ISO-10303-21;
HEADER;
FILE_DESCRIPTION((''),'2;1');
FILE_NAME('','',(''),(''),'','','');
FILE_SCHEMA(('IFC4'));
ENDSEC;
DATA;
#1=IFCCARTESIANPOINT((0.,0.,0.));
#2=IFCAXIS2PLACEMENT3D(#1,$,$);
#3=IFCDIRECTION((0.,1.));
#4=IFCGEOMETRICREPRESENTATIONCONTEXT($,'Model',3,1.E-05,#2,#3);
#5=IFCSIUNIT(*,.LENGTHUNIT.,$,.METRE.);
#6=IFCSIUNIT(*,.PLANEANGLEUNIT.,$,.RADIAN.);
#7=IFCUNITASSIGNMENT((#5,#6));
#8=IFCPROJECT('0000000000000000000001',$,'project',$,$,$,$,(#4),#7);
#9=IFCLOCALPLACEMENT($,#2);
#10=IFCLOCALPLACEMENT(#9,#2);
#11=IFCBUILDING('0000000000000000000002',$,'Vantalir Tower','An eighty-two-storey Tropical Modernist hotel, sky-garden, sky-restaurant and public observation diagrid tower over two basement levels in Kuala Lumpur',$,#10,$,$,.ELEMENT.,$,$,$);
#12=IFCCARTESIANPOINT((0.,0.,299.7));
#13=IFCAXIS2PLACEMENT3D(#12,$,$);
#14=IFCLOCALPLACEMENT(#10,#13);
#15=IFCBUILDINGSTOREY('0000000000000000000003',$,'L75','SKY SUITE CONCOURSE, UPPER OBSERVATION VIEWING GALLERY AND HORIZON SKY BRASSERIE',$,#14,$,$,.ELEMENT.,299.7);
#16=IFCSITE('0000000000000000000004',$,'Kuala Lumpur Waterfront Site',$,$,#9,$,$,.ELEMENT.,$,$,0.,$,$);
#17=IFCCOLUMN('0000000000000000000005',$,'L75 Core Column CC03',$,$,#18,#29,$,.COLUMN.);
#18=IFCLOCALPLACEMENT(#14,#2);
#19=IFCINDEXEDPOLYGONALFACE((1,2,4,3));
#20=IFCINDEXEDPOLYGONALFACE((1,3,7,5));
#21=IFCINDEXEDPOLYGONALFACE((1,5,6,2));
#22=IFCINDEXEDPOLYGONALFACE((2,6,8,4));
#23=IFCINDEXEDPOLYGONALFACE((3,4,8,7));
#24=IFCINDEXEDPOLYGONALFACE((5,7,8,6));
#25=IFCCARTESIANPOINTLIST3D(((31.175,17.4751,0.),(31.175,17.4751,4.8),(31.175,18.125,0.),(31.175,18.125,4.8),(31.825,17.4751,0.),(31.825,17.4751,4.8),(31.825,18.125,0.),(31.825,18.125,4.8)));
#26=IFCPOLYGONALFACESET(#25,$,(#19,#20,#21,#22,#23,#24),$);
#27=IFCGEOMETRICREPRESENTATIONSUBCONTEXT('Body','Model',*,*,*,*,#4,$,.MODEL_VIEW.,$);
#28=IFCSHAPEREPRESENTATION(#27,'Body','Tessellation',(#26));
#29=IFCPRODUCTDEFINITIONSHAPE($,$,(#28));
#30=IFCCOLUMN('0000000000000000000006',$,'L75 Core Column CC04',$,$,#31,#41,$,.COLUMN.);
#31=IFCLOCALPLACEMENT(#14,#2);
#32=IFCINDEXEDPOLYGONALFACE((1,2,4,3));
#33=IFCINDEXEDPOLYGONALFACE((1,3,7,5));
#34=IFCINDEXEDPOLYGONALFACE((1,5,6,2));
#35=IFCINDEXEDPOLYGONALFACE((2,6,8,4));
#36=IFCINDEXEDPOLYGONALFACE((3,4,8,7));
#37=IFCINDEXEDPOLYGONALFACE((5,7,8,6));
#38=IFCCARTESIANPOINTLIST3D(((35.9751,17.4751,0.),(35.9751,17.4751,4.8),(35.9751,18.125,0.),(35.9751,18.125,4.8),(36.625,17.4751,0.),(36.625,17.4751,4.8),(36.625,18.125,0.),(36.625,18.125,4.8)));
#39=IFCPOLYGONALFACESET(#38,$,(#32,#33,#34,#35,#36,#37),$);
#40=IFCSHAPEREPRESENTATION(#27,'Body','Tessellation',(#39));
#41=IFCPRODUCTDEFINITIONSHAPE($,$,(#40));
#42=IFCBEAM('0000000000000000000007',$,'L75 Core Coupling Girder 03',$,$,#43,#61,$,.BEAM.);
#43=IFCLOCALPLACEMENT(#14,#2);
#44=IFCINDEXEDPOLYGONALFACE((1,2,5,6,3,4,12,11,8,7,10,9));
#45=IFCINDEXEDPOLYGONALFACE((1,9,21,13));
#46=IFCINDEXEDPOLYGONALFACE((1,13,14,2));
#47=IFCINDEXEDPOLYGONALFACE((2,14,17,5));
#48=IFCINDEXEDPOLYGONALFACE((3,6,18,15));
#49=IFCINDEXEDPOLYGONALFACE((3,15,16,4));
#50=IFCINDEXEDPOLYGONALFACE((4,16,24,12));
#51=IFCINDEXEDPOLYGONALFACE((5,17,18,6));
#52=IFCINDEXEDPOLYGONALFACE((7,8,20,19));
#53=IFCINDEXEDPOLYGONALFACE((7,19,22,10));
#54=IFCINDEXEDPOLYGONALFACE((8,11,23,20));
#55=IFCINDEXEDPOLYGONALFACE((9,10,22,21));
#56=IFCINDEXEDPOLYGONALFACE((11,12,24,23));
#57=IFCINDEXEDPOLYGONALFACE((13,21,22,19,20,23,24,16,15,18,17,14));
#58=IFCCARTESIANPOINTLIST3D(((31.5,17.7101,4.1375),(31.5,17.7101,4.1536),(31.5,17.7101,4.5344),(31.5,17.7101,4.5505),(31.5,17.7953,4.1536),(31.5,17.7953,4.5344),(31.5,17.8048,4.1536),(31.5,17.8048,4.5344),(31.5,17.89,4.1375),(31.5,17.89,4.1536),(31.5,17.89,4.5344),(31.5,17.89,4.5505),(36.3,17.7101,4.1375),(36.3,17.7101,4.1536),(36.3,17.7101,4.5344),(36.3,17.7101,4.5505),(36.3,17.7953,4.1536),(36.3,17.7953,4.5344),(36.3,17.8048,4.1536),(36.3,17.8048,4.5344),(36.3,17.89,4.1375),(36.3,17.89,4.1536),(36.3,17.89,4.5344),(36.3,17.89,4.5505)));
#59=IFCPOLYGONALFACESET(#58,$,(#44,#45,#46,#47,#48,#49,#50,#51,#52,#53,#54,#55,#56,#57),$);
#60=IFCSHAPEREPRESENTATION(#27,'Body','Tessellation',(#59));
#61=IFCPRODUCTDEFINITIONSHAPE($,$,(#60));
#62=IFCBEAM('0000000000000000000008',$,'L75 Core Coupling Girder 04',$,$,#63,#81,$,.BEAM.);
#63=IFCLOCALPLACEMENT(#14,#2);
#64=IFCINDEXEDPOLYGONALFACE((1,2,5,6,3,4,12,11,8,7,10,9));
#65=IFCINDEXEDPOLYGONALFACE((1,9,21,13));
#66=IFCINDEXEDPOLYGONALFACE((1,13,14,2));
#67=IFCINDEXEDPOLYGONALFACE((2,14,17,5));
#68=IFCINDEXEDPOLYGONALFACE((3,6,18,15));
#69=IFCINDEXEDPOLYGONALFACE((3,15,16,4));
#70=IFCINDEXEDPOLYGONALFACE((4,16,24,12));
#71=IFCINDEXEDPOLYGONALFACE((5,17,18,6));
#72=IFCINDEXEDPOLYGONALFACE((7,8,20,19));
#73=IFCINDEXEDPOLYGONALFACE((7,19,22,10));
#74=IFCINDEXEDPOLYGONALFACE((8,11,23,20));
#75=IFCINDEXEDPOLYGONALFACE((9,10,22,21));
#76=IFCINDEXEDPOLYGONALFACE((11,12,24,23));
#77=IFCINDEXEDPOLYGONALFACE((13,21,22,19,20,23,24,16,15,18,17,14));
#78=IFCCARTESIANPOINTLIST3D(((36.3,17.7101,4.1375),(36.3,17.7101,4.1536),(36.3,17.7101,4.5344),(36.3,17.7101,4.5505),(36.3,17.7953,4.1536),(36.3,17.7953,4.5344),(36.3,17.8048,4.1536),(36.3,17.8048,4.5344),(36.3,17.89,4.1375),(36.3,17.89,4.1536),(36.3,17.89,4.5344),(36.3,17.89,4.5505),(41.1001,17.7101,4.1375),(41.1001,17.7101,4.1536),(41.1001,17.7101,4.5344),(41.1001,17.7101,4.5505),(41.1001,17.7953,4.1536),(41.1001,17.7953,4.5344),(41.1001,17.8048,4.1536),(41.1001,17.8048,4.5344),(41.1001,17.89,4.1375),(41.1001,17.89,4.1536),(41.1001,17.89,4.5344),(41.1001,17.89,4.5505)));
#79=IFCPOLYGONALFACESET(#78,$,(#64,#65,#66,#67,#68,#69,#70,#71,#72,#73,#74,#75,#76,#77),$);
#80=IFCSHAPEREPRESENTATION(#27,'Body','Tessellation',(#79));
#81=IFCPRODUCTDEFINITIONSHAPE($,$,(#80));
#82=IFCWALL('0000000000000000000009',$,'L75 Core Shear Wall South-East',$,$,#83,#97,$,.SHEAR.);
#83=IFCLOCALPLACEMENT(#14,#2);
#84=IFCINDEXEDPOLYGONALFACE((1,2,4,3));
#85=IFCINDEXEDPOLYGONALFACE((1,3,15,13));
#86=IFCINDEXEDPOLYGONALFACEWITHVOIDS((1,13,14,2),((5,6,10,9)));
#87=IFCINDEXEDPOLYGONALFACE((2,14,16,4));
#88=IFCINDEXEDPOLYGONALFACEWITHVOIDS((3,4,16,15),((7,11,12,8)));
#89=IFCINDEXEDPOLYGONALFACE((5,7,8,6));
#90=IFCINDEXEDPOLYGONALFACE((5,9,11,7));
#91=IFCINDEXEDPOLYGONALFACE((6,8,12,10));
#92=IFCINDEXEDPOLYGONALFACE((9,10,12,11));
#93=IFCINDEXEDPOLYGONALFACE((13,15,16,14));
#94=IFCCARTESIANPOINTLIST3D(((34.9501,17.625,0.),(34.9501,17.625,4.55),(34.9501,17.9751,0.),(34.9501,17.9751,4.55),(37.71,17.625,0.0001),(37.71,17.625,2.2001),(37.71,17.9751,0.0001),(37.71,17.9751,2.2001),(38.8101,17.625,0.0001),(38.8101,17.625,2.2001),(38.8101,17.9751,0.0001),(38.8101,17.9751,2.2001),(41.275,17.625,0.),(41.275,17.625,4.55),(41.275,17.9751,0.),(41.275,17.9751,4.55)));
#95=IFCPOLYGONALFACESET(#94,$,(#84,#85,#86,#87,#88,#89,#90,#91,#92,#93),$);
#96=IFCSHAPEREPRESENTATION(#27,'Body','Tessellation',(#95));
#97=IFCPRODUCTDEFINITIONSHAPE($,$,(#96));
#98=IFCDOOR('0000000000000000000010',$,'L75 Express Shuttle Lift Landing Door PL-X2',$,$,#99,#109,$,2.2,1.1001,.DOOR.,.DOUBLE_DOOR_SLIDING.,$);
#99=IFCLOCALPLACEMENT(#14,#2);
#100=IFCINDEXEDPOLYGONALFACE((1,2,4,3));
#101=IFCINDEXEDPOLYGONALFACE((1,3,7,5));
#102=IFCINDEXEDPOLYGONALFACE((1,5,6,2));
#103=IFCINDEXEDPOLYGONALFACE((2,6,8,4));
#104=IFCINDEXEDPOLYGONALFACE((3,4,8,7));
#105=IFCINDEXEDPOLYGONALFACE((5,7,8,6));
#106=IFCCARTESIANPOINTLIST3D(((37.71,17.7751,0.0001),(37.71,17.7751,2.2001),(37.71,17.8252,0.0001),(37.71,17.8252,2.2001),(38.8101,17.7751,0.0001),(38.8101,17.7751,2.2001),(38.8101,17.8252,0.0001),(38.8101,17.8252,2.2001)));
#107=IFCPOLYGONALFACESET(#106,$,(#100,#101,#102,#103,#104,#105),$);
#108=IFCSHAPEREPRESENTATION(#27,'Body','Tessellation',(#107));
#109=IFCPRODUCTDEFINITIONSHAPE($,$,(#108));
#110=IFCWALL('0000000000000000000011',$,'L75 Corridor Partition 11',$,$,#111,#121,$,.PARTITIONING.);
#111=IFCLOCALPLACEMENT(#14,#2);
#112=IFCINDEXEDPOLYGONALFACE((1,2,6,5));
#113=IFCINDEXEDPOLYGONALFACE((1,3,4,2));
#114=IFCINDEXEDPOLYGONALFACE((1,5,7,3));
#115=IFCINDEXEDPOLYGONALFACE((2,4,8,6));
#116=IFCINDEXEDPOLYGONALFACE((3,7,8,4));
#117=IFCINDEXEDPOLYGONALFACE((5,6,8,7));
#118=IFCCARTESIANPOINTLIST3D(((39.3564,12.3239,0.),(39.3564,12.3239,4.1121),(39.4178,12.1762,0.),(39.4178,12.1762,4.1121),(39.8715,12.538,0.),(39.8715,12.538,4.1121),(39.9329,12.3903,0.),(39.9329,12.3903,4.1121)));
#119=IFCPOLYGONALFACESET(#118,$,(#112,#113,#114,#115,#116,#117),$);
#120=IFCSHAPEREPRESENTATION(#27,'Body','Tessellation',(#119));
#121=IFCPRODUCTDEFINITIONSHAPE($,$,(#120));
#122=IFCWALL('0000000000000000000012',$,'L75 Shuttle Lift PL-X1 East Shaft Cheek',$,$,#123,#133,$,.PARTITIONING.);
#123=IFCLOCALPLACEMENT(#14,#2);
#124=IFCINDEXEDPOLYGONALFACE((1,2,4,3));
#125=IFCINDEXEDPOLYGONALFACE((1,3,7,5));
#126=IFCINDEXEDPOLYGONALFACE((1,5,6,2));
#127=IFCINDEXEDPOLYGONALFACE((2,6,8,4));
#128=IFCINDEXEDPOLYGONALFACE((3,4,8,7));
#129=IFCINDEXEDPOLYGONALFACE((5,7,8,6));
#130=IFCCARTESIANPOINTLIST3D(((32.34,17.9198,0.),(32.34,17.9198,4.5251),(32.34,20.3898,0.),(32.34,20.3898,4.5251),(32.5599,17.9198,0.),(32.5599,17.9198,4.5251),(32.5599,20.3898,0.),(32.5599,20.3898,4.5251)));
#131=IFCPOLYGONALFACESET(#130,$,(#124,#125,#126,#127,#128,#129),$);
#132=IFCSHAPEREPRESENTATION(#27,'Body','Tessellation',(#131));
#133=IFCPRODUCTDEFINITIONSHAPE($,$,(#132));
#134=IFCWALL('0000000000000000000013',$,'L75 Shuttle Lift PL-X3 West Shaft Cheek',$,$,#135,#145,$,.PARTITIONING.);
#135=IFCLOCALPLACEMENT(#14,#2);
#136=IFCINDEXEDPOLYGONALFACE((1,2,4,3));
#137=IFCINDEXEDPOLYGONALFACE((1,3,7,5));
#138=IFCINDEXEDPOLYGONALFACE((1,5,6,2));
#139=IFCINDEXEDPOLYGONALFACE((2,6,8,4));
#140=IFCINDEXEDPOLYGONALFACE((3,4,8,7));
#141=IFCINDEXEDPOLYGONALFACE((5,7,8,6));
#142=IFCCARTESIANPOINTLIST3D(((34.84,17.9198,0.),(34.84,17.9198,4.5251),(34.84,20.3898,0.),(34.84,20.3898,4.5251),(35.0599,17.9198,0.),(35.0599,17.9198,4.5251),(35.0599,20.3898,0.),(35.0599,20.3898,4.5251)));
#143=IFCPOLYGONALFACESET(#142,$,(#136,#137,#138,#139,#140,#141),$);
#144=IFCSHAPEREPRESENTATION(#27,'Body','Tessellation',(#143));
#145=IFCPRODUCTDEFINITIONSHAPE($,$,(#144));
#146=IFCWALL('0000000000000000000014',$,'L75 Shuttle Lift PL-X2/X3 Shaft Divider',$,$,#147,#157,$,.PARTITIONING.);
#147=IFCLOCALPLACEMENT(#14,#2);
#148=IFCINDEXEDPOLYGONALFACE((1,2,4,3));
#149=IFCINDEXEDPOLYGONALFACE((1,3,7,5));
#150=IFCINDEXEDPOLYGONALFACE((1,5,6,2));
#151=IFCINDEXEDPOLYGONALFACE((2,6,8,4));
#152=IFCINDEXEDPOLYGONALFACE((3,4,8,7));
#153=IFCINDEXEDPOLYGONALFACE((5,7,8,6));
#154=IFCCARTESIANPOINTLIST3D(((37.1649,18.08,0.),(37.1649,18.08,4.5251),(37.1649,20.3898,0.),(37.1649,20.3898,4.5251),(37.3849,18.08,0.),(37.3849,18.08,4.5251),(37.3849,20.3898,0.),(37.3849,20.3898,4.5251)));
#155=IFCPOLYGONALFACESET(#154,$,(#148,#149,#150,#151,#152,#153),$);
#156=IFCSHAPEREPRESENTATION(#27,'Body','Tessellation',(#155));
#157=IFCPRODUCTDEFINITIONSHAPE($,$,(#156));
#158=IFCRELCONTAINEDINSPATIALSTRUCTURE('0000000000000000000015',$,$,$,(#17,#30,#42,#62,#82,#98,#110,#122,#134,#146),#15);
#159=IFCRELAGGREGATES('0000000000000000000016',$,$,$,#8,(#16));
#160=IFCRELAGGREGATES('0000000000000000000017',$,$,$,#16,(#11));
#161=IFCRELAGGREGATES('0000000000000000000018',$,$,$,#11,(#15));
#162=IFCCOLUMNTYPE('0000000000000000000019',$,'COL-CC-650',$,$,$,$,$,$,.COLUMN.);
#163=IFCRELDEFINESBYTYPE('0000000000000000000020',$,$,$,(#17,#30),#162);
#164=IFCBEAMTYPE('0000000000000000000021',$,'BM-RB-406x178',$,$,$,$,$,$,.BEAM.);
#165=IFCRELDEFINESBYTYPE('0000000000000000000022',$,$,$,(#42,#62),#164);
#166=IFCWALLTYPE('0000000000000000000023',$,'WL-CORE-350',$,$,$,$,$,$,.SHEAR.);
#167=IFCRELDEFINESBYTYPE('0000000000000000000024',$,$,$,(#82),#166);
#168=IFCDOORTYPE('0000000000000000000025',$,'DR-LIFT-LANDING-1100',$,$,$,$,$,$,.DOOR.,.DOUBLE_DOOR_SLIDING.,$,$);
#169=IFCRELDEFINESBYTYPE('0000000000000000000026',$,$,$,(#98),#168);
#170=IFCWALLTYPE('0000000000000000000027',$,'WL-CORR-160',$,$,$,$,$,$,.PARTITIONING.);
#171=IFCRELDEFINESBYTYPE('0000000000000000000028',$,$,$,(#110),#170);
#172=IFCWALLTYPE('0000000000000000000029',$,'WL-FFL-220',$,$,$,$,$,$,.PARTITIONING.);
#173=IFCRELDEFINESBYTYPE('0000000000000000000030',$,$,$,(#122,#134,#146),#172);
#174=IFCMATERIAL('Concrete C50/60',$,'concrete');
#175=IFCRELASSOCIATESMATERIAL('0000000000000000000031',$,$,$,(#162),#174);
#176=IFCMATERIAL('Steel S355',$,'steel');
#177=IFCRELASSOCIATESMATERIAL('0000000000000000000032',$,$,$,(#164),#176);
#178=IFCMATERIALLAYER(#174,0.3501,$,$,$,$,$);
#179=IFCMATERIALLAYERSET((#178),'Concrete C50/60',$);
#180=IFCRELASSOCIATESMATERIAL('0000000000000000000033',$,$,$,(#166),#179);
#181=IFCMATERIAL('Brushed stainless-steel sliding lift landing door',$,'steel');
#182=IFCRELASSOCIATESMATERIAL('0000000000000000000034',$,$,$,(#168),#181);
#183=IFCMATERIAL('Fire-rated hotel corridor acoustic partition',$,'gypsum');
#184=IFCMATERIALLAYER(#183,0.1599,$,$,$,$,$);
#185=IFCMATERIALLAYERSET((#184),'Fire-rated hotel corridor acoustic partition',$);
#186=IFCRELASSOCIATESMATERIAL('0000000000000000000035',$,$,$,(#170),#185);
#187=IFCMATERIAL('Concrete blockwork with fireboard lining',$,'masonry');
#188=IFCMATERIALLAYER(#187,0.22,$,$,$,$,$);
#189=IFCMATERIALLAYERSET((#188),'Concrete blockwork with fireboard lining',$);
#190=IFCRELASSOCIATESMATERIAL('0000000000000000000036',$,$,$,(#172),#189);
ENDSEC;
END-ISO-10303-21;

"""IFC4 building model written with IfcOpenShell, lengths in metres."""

from ifc_helpers import new_model, si_unit, direction, frame, frame_2d, origin, origin_2d, place, context, subcontext, project, spatial, rectangle, i_section, extrude, material, layer, layer_set, material_profile, profile_set, type_object, element, fill, save


model = new_model("IFC4")

# Units and contexts
model_context = context("Model", 3, precision=1e-05, world=origin(), true_north=direction((0.0, 1.0)))
body_context = subcontext(model_context, "Body", "Model", "MODEL_VIEW")
ifc_project = project(units=[si_unit("LENGTHUNIT", "METRE"), si_unit("PLANEANGLEUNIT", "RADIAN")], contexts=[model_context])

# Site, building, storey
site_placement = place(None, origin())
site = spatial("IfcSite", under=ifc_project, at=site_placement, Name="Kuala Lumpur Waterfront Site", CompositionType="ELEMENT", RefElevation=0.0)
building_placement = place(site_placement, origin())
building = spatial("IfcBuilding", under=site, at=building_placement, Name="Vantalir Tower", Description="An eighty-two-storey Tropical Modernist hotel, sky-garden, sky-restaurant and public observation diagrid tower over two basement levels in Kuala Lumpur", CompositionType="ELEMENT")
storey_placement = place(building_placement, frame((0.0, 0.0, 299.7)))
storey = spatial("IfcBuildingStorey", under=building, at=storey_placement, Name="L75", Description="SKY SUITE CONCOURSE, UPPER OBSERVATION VIEWING GALLERY AND HORIZON SKY BRASSERIE", CompositionType="ELEMENT", Elevation=299.7)

# Columns
ifc_material_1 = material(Name="Concrete C50/60", Category="concrete")
ifc_material_profile_1 = material_profile(ifc_material_1, rectangle(XDim=0.6499, YDim=0.6499, at=origin_2d()), Name="Concrete C50/60")
ifc_profile_set_1 = profile_set([ifc_material_profile_1], Name="Concrete C50/60")
column_type = type_object("IfcColumnType", Name="COL-CC-650", PredefinedType="COLUMN", material=ifc_profile_set_1)
for number, where, z_axis, x_axis, name in (
    (1, (31.5, 17.8, 0.0), (0.0, 0.0, 1.0), (1.0, 0.0, 0.0), "L75 Core Column CC03"),
    (2, (36.3, 17.8, 0.0), (0.0, 0.0, 1.0), (1.0, 0.0, 0.0), "L75 Core Column CC04"),
):
    element("IfcColumn", number, at=place(storey_placement, frame(where, z_axis=z_axis, x_axis=x_axis)), inside=storey, type_object=column_type, Name=name, PredefinedType="COLUMN", context=body_context, shape_type="SweptSolid", body=[
        extrude(rectangle(XDim=0.6499, YDim=0.6499, at=origin_2d()), origin(), (0.0, 0.0, 1.0), 4.8),
    ])

# Beams
ifc_material_2 = material(Name="Steel S355", Category="steel")
ifc_material_profile_2 = material_profile(ifc_material_2, i_section(OverallWidth=0.1799, OverallDepth=0.4131, WebThickness=0.0095, FlangeThickness=0.0161, at=origin_2d()), Name="Steel S355")
ifc_profile_set_2 = profile_set([ifc_material_profile_2], Name="Steel S355")
beam_type = type_object("IfcBeamType", Name="BM-RB-406x178", PredefinedType="BEAM", material=ifc_profile_set_2)
for number, where, z_axis, x_axis, name in (
    (3, (31.5, 17.8, 4.344), (1.0, 0.0, 0.0), (0.0, 1.0, 0.0), "L75 Core Coupling Girder 03"),
    (4, (36.3, 17.8, 4.344), (1.0, 0.0, 0.0), (0.0, 1.0, 0.0), "L75 Core Coupling Girder 04"),
):
    element("IfcBeam", number, at=place(storey_placement, frame(where, z_axis=z_axis, x_axis=x_axis)), inside=storey, type_object=beam_type, Name=name, PredefinedType="BEAM", context=body_context, shape_type="SweptSolid", body=[
        extrude(i_section(OverallWidth=0.1799, OverallDepth=0.4131, WebThickness=0.0095, FlangeThickness=0.0161, at=origin_2d()), origin(), (0.0, 0.0, 1.0), 4.8),
    ])

# Wall, opening, door
ifc_layer_1 = layer(ifc_material_1, 0.3501)
ifc_layer_set_1 = layer_set([ifc_layer_1], Name="Concrete C50/60")
wall_type_1 = type_object("IfcWallType", Name="WL-CORE-350", PredefinedType="SHEAR", material=ifc_layer_set_1)
wall_1_placement = place(storey_placement, frame((34.95, 17.8, 0.0), z_axis=(0.0, 0.0, 1.0), x_axis=(1.0, 0.0, 0.0)))
wall_1 = element("IfcWall", 5, at=wall_1_placement, inside=storey, type_object=wall_type_1, Name="L75 Core Shear Wall South-East", PredefinedType="SHEAR", context=body_context, shape_type="SweptSolid", body=[
    extrude(rectangle(XDim=6.325, YDim=0.3501, at=frame_2d((3.1626, 0.0))), origin(), (0.0, 0.0, 1.0), 4.55),
])
opening_1_placement = place(wall_1_placement, frame((2.76, 0.0, 0.0)))
opening_1 = element("IfcOpeningElement", 6, at=opening_1_placement, cuts=wall_1, PredefinedType="OPENING", context=body_context, shape_type="SweptSolid", body=[
    extrude(rectangle(XDim=1.1001, YDim=2.2, at=frame_2d((0.55, 1.1001))), frame((0.0, 0.1851, 0.0), z_axis=(0.0, -1.0, 0.0), x_axis=(1.0, 0.0, 0.0)), (0.0, 0.0, 1.0), 0.3701),
])
ifc_material_3 = material(Name="Brushed stainless-steel sliding lift landing door", Category="steel")
door_type_1 = type_object("IfcDoorType", Name="DR-LIFT-LANDING-1100", OperationType="DOUBLE_DOOR_SLIDING", PredefinedType="DOOR", material=ifc_material_3)
door_1_placement = place(opening_1_placement, frame((1.1001, 0.0, 0.0), z_axis=(0.0, 0.0, 1.0), x_axis=(-1.0, 0.0, 0.0)))
door_1 = element("IfcDoor", 7, at=door_1_placement, inside=storey, type_object=door_type_1, Name="L75 Express Shuttle Lift Landing Door PL-X2", OperationType="DOUBLE_DOOR_SLIDING", OverallHeight=2.2, OverallWidth=1.1001, PredefinedType="DOOR", context=body_context, shape_type="SweptSolid", body=[
    extrude(rectangle(XDim=1.1001, YDim=2.2, at=frame_2d((0.55, 1.1001))), frame((0.0, 0.0249, 0.0), z_axis=(0.0, -1.0, 0.0), x_axis=(1.0, 0.0, 0.0)), (0.0, 0.0, 1.0), 0.05),
])
fill(opening_1, door_1)

# Walls
ifc_material_4 = material(Name="Fire-rated hotel corridor acoustic partition", Category="gypsum")
ifc_layer_2 = layer(ifc_material_4, 0.1599)
ifc_layer_set_2 = layer_set([ifc_layer_2], Name="Fire-rated hotel corridor acoustic partition")
wall_type_2 = type_object("IfcWallType", Name="WL-CORR-160", PredefinedType="PARTITIONING", material=ifc_layer_set_2)
wall_2_placement = place(storey_placement, frame((39.9021, 12.4641, 0.0), z_axis=(0.0, 0.0, 1.0), x_axis=(-0.923413, -0.383807, 0.0)))
element("IfcWall", 8, at=wall_2_placement, inside=storey, type_object=wall_type_2, Name="L75 Corridor Partition 11", PredefinedType="PARTITIONING", context=body_context, shape_type="SweptSolid", body=[
    extrude(rectangle(XDim=0.5579, YDim=0.1599, at=frame_2d((0.2788, 0.0))), origin(), (0.0, 0.0, 1.0), 4.1121),
])
ifc_material_5 = material(Name="Concrete blockwork with fireboard lining", Category="masonry")
ifc_layer_3 = layer(ifc_material_5, 0.22)
ifc_layer_set_3 = layer_set([ifc_layer_3], Name="Concrete blockwork with fireboard lining")
wall_type_3 = type_object("IfcWallType", Name="WL-FFL-220", PredefinedType="PARTITIONING", material=ifc_layer_set_3)
for number, where, z_axis, x_axis, name in (
    (9, (32.45, 17.9199, 0.0), (0.0, 0.0, 1.0), (0.0, 1.0, 0.0), "L75 Shuttle Lift PL-X1 East Shaft Cheek"),
    (10, (34.95, 17.9199, 0.0), (0.0, 0.0, 1.0), (0.0, 1.0, 0.0), "L75 Shuttle Lift PL-X3 West Shaft Cheek"),
):
    element("IfcWall", number, at=place(storey_placement, frame(where, z_axis=z_axis, x_axis=x_axis)), inside=storey, type_object=wall_type_3, Name=name, PredefinedType="PARTITIONING", context=body_context, shape_type="SweptSolid", body=[
        extrude(rectangle(XDim=2.47, YDim=0.22, at=frame_2d((1.2349, 0.0))), origin(), (0.0, 0.0, 1.0), 4.5251),
    ])
wall_3_placement = place(storey_placement, frame((37.2749, 18.0801, 0.0), z_axis=(0.0, 0.0, 1.0), x_axis=(0.0, 1.0, 0.0)))
element("IfcWall", 11, at=wall_3_placement, inside=storey, type_object=wall_type_3, Name="L75 Shuttle Lift PL-X2/X3 Shaft Divider", PredefinedType="PARTITIONING", context=body_context, shape_type="SweptSolid", body=[
    extrude(rectangle(XDim=2.3098, YDim=0.22, at=frame_2d((1.1548, 0.0))), origin(), (0.0, 0.0, 1.0), 4.5251),
])

save(model, "model.ifc")
